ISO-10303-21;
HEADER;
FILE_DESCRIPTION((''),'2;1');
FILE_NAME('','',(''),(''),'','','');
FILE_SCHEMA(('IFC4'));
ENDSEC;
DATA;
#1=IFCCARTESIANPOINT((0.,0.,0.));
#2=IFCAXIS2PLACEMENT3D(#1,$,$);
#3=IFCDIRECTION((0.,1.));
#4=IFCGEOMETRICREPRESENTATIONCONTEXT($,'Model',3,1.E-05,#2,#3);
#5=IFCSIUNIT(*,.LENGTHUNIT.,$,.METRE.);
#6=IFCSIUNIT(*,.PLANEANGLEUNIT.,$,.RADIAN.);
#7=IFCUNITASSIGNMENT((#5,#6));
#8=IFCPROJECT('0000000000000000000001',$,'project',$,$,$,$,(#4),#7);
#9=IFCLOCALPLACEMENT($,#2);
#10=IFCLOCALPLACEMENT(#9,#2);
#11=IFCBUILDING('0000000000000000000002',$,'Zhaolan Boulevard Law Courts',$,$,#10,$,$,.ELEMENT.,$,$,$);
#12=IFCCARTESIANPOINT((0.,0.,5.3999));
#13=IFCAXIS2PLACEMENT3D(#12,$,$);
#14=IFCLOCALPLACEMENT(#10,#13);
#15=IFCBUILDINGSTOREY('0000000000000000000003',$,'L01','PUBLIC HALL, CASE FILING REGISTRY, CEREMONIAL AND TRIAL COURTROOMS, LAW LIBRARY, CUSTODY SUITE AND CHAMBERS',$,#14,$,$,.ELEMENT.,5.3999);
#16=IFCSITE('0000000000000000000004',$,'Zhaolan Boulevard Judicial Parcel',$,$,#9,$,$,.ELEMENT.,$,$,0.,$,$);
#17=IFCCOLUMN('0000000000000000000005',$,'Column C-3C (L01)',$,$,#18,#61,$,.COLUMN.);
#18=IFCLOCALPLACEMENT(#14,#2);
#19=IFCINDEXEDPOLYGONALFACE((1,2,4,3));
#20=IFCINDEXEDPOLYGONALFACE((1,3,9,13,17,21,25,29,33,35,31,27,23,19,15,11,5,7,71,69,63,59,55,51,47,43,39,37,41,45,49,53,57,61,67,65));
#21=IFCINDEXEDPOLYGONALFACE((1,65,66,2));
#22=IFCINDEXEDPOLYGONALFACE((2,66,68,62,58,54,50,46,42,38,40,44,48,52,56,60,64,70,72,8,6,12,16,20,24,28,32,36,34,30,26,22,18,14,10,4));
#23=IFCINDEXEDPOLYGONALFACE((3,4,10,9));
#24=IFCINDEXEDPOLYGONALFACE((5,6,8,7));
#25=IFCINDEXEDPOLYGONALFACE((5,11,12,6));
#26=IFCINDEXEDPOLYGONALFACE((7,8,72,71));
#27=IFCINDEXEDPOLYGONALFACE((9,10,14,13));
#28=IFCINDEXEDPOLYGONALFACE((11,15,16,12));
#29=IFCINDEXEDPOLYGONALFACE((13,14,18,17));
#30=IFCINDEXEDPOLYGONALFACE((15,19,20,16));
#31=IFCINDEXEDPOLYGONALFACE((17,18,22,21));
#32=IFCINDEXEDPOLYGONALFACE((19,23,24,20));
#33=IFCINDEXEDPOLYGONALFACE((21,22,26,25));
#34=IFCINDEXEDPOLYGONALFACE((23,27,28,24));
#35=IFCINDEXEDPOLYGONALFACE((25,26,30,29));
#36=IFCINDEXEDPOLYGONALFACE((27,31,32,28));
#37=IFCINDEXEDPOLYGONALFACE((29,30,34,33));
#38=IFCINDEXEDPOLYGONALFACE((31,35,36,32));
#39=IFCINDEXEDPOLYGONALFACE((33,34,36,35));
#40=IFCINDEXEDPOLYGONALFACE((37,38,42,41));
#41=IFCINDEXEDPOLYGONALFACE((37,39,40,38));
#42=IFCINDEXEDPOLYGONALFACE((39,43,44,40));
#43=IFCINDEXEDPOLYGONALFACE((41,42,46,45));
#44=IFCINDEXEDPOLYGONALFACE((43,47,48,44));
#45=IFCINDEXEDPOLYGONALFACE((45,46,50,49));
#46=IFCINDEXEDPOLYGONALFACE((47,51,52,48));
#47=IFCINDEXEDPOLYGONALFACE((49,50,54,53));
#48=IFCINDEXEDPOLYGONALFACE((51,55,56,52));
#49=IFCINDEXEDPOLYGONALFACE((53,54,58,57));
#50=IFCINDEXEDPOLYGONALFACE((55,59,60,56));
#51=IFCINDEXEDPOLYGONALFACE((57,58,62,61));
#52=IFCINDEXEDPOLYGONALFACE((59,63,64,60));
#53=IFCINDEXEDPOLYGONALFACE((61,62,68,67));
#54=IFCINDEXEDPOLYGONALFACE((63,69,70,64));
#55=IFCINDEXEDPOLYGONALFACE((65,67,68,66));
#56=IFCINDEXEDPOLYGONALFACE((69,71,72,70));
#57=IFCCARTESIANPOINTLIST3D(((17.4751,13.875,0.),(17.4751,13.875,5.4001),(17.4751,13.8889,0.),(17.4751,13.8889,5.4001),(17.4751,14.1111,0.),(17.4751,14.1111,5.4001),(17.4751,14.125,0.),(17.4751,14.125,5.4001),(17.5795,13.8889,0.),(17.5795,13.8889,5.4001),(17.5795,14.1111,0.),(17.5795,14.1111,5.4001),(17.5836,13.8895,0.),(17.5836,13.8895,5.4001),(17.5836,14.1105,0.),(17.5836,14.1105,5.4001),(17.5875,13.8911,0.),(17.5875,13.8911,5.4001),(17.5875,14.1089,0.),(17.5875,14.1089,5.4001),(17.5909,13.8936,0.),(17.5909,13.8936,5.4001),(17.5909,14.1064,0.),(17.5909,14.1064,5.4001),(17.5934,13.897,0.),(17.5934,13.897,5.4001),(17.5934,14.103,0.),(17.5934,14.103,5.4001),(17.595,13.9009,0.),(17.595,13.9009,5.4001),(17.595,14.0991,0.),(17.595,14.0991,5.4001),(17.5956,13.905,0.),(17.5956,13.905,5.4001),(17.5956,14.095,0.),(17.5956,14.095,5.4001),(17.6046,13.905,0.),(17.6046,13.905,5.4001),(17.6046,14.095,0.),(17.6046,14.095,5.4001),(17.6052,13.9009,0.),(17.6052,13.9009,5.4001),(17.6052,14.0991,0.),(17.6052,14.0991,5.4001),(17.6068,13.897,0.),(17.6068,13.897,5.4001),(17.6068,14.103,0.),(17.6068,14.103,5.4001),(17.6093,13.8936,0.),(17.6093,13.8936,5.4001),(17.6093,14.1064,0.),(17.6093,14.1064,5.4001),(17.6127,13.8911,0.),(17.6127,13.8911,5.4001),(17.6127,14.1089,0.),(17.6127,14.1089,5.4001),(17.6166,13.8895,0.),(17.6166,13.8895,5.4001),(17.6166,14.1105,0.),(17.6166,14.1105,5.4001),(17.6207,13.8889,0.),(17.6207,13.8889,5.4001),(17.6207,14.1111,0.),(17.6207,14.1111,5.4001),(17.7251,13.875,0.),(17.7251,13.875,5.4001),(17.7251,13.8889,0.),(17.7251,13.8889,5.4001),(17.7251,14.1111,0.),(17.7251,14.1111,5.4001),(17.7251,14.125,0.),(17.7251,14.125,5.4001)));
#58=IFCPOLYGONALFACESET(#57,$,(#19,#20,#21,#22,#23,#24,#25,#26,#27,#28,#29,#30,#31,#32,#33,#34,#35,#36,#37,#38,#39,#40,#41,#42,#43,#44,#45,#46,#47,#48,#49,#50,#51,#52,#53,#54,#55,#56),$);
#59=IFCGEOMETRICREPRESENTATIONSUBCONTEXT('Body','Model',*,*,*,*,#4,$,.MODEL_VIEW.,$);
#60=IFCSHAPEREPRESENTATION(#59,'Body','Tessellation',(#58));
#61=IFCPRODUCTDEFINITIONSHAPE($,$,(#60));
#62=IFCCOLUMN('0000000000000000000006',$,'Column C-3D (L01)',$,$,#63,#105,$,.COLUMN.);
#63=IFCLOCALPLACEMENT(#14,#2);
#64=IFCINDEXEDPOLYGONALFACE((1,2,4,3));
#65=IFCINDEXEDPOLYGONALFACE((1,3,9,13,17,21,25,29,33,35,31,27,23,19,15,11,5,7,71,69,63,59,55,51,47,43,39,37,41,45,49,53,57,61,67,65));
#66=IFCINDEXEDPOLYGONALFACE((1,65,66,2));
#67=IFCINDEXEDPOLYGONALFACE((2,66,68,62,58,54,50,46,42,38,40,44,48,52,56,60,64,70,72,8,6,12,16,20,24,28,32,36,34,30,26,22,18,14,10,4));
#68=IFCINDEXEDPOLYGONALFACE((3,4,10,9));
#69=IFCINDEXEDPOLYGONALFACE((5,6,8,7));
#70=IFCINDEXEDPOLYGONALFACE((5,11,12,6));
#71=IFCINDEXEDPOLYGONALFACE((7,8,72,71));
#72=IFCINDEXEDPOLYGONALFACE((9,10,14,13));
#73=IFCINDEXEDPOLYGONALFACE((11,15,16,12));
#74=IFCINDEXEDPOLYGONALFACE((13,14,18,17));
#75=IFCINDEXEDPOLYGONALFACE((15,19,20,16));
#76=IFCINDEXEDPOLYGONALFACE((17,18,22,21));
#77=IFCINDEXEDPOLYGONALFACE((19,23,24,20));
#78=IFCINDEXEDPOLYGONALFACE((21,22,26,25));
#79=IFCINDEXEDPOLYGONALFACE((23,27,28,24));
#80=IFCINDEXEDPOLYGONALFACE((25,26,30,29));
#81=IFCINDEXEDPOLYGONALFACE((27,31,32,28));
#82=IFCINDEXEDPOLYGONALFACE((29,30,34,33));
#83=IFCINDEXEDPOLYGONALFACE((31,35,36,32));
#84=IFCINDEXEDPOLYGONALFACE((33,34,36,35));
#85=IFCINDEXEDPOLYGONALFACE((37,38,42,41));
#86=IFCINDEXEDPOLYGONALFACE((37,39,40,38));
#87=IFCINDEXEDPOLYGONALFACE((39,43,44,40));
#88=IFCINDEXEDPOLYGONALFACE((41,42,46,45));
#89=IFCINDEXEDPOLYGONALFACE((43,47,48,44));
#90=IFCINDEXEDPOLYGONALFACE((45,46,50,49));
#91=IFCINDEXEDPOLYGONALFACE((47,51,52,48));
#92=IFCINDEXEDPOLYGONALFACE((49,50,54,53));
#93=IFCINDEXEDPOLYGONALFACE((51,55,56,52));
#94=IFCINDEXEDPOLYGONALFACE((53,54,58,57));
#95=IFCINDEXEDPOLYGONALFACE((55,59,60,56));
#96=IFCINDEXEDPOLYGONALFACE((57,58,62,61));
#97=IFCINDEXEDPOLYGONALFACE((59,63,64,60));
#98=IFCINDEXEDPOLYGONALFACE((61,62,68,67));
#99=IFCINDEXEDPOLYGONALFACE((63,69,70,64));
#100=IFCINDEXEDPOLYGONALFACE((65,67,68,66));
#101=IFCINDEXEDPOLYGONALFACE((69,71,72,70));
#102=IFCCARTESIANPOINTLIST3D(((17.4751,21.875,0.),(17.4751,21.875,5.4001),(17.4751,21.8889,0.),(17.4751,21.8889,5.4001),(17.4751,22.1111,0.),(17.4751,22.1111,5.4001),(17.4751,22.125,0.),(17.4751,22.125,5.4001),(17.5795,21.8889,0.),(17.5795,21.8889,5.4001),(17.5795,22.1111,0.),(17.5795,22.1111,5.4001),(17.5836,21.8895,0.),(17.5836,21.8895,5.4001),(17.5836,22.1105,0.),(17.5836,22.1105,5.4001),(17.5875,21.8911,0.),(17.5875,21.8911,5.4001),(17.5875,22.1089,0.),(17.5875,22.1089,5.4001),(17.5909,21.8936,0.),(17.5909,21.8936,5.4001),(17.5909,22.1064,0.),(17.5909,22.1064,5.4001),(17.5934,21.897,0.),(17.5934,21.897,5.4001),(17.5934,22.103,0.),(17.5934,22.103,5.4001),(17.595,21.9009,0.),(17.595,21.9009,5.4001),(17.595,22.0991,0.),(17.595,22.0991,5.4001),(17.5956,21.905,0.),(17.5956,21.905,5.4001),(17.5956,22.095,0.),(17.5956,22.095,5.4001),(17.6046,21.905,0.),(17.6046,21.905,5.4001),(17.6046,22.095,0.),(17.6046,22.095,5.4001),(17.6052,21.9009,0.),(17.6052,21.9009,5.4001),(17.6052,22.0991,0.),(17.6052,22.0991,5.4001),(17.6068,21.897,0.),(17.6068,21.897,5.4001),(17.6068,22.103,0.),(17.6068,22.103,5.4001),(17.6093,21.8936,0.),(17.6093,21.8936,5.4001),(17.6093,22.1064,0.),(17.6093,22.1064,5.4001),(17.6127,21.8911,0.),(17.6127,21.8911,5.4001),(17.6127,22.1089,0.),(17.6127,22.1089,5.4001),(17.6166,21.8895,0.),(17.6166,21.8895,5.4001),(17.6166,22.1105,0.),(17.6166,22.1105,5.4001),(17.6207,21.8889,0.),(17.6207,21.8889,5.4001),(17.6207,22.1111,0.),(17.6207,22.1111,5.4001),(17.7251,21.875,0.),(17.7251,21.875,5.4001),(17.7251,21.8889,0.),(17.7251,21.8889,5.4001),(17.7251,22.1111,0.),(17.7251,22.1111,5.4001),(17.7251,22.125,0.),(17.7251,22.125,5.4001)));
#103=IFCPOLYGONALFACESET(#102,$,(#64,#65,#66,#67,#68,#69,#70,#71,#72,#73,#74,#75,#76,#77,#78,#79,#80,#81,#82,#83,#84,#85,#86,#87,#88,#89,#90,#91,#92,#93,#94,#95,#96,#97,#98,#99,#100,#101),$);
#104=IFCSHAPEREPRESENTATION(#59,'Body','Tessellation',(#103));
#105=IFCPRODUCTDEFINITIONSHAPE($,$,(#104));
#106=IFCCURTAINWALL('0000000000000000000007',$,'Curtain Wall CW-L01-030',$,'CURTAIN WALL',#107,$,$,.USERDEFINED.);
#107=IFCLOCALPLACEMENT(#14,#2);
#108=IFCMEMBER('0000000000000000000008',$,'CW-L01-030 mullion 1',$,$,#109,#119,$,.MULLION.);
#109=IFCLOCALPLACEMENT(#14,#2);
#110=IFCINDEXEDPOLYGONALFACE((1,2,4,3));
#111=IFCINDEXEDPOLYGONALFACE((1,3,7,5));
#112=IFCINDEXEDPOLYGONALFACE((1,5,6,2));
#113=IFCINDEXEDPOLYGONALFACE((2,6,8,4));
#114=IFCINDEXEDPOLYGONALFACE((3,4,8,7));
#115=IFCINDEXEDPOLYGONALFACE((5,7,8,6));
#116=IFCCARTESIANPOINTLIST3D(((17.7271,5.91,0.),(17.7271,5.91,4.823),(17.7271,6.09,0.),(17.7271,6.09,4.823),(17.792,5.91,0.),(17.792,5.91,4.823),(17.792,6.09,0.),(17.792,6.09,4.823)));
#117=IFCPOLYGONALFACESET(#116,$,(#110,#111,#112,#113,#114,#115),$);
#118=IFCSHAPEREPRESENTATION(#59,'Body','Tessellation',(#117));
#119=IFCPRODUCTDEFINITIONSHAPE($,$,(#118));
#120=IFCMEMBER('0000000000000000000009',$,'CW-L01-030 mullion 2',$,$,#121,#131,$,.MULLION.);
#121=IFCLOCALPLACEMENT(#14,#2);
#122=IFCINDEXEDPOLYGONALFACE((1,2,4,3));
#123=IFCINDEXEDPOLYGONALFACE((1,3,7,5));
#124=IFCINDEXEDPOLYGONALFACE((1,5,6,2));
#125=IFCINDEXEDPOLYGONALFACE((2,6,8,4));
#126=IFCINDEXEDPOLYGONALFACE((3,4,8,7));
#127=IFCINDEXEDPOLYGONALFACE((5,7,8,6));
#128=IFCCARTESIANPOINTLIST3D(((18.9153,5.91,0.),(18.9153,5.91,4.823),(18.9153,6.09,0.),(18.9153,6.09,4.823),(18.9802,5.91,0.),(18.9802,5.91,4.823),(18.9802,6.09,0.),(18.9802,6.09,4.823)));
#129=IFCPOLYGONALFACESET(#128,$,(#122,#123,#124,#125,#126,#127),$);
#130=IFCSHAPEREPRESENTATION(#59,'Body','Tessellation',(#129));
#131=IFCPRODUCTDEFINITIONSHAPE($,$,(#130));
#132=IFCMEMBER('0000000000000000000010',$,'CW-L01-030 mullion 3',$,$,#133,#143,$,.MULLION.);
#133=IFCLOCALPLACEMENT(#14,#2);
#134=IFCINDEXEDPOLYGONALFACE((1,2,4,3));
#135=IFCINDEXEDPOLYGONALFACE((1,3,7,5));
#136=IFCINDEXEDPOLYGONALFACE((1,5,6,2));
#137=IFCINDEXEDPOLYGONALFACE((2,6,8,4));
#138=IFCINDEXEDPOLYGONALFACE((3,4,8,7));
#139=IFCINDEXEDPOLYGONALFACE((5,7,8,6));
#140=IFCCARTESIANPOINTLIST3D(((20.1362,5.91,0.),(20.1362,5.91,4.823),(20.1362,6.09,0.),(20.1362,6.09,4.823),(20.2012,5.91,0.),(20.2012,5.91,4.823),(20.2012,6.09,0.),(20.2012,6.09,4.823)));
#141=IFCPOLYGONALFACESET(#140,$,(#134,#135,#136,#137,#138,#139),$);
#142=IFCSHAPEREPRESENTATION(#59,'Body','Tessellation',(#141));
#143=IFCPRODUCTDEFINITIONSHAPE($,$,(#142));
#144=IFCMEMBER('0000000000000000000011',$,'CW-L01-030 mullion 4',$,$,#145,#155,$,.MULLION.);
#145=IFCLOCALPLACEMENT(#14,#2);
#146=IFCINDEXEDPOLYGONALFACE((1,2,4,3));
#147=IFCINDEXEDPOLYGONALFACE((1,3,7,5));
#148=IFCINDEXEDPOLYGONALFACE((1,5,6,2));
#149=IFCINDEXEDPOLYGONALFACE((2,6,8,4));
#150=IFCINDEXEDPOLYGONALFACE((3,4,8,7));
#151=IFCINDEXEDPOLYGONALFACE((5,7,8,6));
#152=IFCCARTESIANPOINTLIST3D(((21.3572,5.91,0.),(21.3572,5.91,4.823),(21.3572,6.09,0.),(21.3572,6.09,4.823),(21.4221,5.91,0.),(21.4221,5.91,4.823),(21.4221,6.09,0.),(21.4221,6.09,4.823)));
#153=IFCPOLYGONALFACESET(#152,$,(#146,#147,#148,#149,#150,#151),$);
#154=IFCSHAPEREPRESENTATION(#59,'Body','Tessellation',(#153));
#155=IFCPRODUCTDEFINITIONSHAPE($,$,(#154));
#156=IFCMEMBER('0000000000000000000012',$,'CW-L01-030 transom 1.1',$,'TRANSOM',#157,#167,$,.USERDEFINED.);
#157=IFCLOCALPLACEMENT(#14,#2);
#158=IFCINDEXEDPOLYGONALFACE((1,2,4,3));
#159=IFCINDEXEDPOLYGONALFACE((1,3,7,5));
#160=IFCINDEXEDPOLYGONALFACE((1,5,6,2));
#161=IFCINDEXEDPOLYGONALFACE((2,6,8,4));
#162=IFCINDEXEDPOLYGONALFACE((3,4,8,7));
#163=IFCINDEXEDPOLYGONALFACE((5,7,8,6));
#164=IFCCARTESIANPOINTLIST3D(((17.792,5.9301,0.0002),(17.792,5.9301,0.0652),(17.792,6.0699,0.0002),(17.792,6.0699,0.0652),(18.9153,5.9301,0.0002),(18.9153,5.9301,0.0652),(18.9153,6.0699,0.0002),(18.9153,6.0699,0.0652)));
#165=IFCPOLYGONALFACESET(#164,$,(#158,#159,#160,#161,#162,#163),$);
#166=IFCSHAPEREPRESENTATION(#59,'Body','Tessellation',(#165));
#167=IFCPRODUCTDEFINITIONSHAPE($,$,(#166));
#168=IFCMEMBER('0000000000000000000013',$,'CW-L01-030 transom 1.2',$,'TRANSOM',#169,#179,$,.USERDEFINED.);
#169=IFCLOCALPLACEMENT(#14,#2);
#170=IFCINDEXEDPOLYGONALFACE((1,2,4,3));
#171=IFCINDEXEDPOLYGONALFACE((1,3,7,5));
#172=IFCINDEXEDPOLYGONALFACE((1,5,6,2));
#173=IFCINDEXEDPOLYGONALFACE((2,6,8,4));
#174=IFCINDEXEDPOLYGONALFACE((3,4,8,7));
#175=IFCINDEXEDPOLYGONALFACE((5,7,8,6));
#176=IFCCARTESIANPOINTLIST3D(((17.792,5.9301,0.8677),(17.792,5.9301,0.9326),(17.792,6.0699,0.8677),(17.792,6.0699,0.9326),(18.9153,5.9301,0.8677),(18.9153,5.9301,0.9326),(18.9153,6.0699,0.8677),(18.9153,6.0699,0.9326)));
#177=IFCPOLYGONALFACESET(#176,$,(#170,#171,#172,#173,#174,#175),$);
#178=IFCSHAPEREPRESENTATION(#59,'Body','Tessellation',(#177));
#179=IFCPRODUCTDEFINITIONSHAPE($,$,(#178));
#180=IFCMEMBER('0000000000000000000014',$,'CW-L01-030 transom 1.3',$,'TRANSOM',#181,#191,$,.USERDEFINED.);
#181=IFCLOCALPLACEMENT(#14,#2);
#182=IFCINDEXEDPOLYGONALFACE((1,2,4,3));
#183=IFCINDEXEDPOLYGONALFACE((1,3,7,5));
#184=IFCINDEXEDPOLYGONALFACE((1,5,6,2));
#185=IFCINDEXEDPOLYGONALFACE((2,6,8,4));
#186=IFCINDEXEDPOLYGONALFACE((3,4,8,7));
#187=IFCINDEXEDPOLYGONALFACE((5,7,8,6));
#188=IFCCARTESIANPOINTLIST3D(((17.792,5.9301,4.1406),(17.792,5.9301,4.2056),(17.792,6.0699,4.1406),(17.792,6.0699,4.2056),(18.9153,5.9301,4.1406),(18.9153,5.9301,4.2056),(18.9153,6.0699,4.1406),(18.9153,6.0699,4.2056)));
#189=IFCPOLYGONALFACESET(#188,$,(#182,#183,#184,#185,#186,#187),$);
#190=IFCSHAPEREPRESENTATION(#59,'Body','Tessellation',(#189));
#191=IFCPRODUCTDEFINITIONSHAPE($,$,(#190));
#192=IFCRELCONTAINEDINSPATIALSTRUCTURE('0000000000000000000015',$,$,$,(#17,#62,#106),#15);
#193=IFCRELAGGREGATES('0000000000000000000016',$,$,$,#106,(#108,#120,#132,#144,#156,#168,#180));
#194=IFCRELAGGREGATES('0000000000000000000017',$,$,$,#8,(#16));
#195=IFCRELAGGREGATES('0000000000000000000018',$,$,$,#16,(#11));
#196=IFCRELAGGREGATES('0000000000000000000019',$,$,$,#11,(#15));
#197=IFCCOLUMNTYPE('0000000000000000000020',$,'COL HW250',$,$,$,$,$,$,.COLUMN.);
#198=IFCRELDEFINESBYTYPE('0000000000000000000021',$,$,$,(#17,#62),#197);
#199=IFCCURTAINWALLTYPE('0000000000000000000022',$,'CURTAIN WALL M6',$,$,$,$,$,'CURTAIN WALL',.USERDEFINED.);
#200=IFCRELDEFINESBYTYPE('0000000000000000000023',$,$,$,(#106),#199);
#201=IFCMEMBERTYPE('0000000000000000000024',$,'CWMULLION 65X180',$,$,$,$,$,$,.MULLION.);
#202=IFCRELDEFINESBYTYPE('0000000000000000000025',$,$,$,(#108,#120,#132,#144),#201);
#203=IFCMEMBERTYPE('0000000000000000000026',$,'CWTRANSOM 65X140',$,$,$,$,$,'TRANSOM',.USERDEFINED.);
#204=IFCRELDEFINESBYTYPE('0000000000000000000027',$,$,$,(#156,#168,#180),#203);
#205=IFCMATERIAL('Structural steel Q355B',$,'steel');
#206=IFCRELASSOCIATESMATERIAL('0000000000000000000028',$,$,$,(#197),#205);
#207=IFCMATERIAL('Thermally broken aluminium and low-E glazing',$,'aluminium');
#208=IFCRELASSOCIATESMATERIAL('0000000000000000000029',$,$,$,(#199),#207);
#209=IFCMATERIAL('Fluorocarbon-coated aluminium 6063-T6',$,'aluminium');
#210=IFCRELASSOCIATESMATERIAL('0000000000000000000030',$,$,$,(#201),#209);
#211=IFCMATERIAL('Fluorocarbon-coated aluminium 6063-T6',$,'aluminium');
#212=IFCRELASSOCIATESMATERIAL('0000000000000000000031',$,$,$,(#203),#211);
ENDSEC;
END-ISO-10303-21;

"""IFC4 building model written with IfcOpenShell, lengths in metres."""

from ifc_helpers import new_model, si_unit, direction, frame, origin, origin_2d, place, context, subcontext, project, spatial, rectangle, i_section, extrude, material, material_profile, profile_set, type_object, element, aggregate, save


model = new_model("IFC4")

# Units and contexts
model_context = context("Model", 3, precision=1e-05, world=origin(), true_north=direction((0.0, 1.0)))
body_context = subcontext(model_context, "Body", "Model", "MODEL_VIEW")
ifc_project = project(units=[si_unit("LENGTHUNIT", "METRE"), si_unit("PLANEANGLEUNIT", "RADIAN")], contexts=[model_context])

# Site, building, storey
site_placement = place(None, origin())
site = spatial("IfcSite", under=ifc_project, at=site_placement, Name="Zhaolan Boulevard Judicial Parcel", CompositionType="ELEMENT", RefElevation=0.0)
building_placement = place(site_placement, origin())
building = spatial("IfcBuilding", under=site, at=building_placement, Name="Zhaolan Boulevard Law Courts", CompositionType="ELEMENT")
storey_placement = place(building_placement, frame((0.0, 0.0, 5.3999)))
storey = spatial("IfcBuildingStorey", under=building, at=storey_placement, Name="L01", Description="PUBLIC HALL, CASE FILING REGISTRY, CEREMONIAL AND TRIAL COURTROOMS, LAW LIBRARY, CUSTODY SUITE AND CHAMBERS", CompositionType="ELEMENT", Elevation=5.3999)

# Columns
ifc_material_1 = material(Name="Structural steel Q355B", Category="steel")
ifc_material_profile_1 = material_profile(ifc_material_1, i_section(OverallWidth=0.25, OverallDepth=0.25, WebThickness=0.009, FlangeThickness=0.0139, FilletRadius=0.0161, at=origin_2d()), Name="HW250x250")
ifc_profile_set_1 = profile_set([ifc_material_profile_1], Name="Structural steel Q355B")
column_type = type_object("IfcColumnType", Name="COL HW250", PredefinedType="COLUMN", material=ifc_profile_set_1)
for number, where, z_axis, x_axis, name in (
    (1, (17.6001, 14.0, 0.0), (0.0, 0.0, 1.0), (1.0, 0.0, 0.0), "Column C-3C (L01)"),
    (2, (17.6001, 22.0, 0.0), (0.0, 0.0, 1.0), (1.0, 0.0, 0.0), "Column C-3D (L01)"),
):
    element("IfcColumn", number, at=place(storey_placement, frame(where, z_axis=z_axis, x_axis=x_axis)), inside=storey, type_object=column_type, Name=name, PredefinedType="COLUMN", context=body_context, shape_type="SweptSolid", body=[
        extrude(i_section(OverallWidth=0.25, OverallDepth=0.25, WebThickness=0.009, FlangeThickness=0.0139, FilletRadius=0.0161, at=origin_2d()), origin(), (0.0, 0.0, 1.0), 5.4001),
    ])

# Curtain wall, members
ifc_material_2 = material(Name="Thermally broken aluminium and low-E glazing", Category="aluminium")
curtain_wall_type = type_object("IfcCurtainWallType", Name="CURTAIN WALL M6", ElementType="CURTAIN WALL", PredefinedType="USERDEFINED", material=ifc_material_2)
curtain_wall_placement = place(storey_placement, origin())
curtain_wall = element("IfcCurtainWall", 3, at=curtain_wall_placement, inside=storey, type_object=curtain_wall_type, Name="Curtain Wall CW-L01-030", ObjectType="CURTAIN WALL", PredefinedType="USERDEFINED")
ifc_material_3 = material(Name="Fluorocarbon-coated aluminium 6063-T6", Category="aluminium")
ifc_material_profile_2 = material_profile(ifc_material_3, rectangle(XDim=0.1799, YDim=0.0649, at=origin_2d()), Name="AL65x180")
ifc_profile_set_2 = profile_set([ifc_material_profile_2], Name="Fluorocarbon-coated aluminium 6063-T6")
member_type_1 = type_object("IfcMemberType", Name="CWMULLION 65X180", PredefinedType="MULLION", material=ifc_profile_set_2)
member_1_placement = place(storey_placement, frame((17.7595, 6.0, 0.0), z_axis=(0.0, 0.0, 1.0), x_axis=(0.0, 1.0, 0.0)))
member_1 = element("IfcMember", 4, at=member_1_placement, type_object=member_type_1, Name="CW-L01-030 mullion 1", PredefinedType="MULLION", context=body_context, shape_type="SweptSolid", body=[
    extrude(rectangle(XDim=0.1799, YDim=0.0649, at=origin_2d()), origin(), (0.0, 0.0, 1.0), 4.823),
])
member_2_placement = place(storey_placement, frame((18.9478, 6.0, 0.0), z_axis=(0.0, 0.0, 1.0), x_axis=(0.0, 1.0, 0.0)))
member_2 = element("IfcMember", 5, at=member_2_placement, type_object=member_type_1, Name="CW-L01-030 mullion 2", PredefinedType="MULLION", context=body_context, shape_type="SweptSolid", body=[
    extrude(rectangle(XDim=0.1799, YDim=0.0649, at=origin_2d()), origin(), (0.0, 0.0, 1.0), 4.823),
])
member_3_placement = place(storey_placement, frame((20.1687, 6.0, 0.0), z_axis=(0.0, 0.0, 1.0), x_axis=(0.0, 1.0, 0.0)))
member_3 = element("IfcMember", 6, at=member_3_placement, type_object=member_type_1, Name="CW-L01-030 mullion 3", PredefinedType="MULLION", context=body_context, shape_type="SweptSolid", body=[
    extrude(rectangle(XDim=0.1799, YDim=0.0649, at=origin_2d()), origin(), (0.0, 0.0, 1.0), 4.823),
])
member_4_placement = place(storey_placement, frame((21.3896, 6.0, 0.0), z_axis=(0.0, 0.0, 1.0), x_axis=(0.0, 1.0, 0.0)))
member_4 = element("IfcMember", 7, at=member_4_placement, type_object=member_type_1, Name="CW-L01-030 mullion 4", PredefinedType="MULLION", context=body_context, shape_type="SweptSolid", body=[
    extrude(rectangle(XDim=0.1799, YDim=0.0649, at=origin_2d()), origin(), (0.0, 0.0, 1.0), 4.823),
])
ifc_material_4 = material(Name="Fluorocarbon-coated aluminium 6063-T6", Category="aluminium")
ifc_material_profile_3 = material_profile(ifc_material_4, rectangle(XDim=0.1399, YDim=0.0649, at=origin_2d()), Name="AL65x140")
ifc_profile_set_3 = profile_set([ifc_material_profile_3], Name="Fluorocarbon-coated aluminium 6063-T6")
member_type_2 = type_object("IfcMemberType", Name="CWTRANSOM 65X140", ElementType="TRANSOM", PredefinedType="USERDEFINED", material=ifc_profile_set_3)
member_5_placement = place(storey_placement, frame((17.792, 6.0, 0.0327), z_axis=(1.0, 0.0, 0.0), x_axis=(0.0, 1.0, 0.0)))
member_5 = element("IfcMember", 8, at=member_5_placement, type_object=member_type_2, Name="CW-L01-030 transom 1.1", ObjectType="TRANSOM", PredefinedType="USERDEFINED", context=body_context, shape_type="SweptSolid", body=[
    extrude(rectangle(XDim=0.1399, YDim=0.0649, at=origin_2d()), origin(), (0.0, 0.0, 1.0), 1.1233),
])
member_6_placement = place(storey_placement, frame((17.792, 6.0, 0.9001), z_axis=(1.0, 0.0, 0.0), x_axis=(0.0, 1.0, 0.0)))
member_6 = element("IfcMember", 9, at=member_6_placement, type_object=member_type_2, Name="CW-L01-030 transom 1.2", ObjectType="TRANSOM", PredefinedType="USERDEFINED", context=body_context, shape_type="SweptSolid", body=[
    extrude(rectangle(XDim=0.1399, YDim=0.0649, at=origin_2d()), origin(), (0.0, 0.0, 1.0), 1.1233),
])
member_7_placement = place(storey_placement, frame((17.792, 6.0, 4.1731), z_axis=(1.0, 0.0, 0.0), x_axis=(0.0, 1.0, 0.0)))
member_7 = element("IfcMember", 10, at=member_7_placement, type_object=member_type_2, Name="CW-L01-030 transom 1.3", ObjectType="TRANSOM", PredefinedType="USERDEFINED", context=body_context, shape_type="SweptSolid", body=[
    extrude(rectangle(XDim=0.1399, YDim=0.0649, at=origin_2d()), origin(), (0.0, 0.0, 1.0), 1.1233),
])

aggregate(curtain_wall, [member_1, member_2, member_3, member_4, member_5, member_6, member_7])

save(model, "model.ifc")
